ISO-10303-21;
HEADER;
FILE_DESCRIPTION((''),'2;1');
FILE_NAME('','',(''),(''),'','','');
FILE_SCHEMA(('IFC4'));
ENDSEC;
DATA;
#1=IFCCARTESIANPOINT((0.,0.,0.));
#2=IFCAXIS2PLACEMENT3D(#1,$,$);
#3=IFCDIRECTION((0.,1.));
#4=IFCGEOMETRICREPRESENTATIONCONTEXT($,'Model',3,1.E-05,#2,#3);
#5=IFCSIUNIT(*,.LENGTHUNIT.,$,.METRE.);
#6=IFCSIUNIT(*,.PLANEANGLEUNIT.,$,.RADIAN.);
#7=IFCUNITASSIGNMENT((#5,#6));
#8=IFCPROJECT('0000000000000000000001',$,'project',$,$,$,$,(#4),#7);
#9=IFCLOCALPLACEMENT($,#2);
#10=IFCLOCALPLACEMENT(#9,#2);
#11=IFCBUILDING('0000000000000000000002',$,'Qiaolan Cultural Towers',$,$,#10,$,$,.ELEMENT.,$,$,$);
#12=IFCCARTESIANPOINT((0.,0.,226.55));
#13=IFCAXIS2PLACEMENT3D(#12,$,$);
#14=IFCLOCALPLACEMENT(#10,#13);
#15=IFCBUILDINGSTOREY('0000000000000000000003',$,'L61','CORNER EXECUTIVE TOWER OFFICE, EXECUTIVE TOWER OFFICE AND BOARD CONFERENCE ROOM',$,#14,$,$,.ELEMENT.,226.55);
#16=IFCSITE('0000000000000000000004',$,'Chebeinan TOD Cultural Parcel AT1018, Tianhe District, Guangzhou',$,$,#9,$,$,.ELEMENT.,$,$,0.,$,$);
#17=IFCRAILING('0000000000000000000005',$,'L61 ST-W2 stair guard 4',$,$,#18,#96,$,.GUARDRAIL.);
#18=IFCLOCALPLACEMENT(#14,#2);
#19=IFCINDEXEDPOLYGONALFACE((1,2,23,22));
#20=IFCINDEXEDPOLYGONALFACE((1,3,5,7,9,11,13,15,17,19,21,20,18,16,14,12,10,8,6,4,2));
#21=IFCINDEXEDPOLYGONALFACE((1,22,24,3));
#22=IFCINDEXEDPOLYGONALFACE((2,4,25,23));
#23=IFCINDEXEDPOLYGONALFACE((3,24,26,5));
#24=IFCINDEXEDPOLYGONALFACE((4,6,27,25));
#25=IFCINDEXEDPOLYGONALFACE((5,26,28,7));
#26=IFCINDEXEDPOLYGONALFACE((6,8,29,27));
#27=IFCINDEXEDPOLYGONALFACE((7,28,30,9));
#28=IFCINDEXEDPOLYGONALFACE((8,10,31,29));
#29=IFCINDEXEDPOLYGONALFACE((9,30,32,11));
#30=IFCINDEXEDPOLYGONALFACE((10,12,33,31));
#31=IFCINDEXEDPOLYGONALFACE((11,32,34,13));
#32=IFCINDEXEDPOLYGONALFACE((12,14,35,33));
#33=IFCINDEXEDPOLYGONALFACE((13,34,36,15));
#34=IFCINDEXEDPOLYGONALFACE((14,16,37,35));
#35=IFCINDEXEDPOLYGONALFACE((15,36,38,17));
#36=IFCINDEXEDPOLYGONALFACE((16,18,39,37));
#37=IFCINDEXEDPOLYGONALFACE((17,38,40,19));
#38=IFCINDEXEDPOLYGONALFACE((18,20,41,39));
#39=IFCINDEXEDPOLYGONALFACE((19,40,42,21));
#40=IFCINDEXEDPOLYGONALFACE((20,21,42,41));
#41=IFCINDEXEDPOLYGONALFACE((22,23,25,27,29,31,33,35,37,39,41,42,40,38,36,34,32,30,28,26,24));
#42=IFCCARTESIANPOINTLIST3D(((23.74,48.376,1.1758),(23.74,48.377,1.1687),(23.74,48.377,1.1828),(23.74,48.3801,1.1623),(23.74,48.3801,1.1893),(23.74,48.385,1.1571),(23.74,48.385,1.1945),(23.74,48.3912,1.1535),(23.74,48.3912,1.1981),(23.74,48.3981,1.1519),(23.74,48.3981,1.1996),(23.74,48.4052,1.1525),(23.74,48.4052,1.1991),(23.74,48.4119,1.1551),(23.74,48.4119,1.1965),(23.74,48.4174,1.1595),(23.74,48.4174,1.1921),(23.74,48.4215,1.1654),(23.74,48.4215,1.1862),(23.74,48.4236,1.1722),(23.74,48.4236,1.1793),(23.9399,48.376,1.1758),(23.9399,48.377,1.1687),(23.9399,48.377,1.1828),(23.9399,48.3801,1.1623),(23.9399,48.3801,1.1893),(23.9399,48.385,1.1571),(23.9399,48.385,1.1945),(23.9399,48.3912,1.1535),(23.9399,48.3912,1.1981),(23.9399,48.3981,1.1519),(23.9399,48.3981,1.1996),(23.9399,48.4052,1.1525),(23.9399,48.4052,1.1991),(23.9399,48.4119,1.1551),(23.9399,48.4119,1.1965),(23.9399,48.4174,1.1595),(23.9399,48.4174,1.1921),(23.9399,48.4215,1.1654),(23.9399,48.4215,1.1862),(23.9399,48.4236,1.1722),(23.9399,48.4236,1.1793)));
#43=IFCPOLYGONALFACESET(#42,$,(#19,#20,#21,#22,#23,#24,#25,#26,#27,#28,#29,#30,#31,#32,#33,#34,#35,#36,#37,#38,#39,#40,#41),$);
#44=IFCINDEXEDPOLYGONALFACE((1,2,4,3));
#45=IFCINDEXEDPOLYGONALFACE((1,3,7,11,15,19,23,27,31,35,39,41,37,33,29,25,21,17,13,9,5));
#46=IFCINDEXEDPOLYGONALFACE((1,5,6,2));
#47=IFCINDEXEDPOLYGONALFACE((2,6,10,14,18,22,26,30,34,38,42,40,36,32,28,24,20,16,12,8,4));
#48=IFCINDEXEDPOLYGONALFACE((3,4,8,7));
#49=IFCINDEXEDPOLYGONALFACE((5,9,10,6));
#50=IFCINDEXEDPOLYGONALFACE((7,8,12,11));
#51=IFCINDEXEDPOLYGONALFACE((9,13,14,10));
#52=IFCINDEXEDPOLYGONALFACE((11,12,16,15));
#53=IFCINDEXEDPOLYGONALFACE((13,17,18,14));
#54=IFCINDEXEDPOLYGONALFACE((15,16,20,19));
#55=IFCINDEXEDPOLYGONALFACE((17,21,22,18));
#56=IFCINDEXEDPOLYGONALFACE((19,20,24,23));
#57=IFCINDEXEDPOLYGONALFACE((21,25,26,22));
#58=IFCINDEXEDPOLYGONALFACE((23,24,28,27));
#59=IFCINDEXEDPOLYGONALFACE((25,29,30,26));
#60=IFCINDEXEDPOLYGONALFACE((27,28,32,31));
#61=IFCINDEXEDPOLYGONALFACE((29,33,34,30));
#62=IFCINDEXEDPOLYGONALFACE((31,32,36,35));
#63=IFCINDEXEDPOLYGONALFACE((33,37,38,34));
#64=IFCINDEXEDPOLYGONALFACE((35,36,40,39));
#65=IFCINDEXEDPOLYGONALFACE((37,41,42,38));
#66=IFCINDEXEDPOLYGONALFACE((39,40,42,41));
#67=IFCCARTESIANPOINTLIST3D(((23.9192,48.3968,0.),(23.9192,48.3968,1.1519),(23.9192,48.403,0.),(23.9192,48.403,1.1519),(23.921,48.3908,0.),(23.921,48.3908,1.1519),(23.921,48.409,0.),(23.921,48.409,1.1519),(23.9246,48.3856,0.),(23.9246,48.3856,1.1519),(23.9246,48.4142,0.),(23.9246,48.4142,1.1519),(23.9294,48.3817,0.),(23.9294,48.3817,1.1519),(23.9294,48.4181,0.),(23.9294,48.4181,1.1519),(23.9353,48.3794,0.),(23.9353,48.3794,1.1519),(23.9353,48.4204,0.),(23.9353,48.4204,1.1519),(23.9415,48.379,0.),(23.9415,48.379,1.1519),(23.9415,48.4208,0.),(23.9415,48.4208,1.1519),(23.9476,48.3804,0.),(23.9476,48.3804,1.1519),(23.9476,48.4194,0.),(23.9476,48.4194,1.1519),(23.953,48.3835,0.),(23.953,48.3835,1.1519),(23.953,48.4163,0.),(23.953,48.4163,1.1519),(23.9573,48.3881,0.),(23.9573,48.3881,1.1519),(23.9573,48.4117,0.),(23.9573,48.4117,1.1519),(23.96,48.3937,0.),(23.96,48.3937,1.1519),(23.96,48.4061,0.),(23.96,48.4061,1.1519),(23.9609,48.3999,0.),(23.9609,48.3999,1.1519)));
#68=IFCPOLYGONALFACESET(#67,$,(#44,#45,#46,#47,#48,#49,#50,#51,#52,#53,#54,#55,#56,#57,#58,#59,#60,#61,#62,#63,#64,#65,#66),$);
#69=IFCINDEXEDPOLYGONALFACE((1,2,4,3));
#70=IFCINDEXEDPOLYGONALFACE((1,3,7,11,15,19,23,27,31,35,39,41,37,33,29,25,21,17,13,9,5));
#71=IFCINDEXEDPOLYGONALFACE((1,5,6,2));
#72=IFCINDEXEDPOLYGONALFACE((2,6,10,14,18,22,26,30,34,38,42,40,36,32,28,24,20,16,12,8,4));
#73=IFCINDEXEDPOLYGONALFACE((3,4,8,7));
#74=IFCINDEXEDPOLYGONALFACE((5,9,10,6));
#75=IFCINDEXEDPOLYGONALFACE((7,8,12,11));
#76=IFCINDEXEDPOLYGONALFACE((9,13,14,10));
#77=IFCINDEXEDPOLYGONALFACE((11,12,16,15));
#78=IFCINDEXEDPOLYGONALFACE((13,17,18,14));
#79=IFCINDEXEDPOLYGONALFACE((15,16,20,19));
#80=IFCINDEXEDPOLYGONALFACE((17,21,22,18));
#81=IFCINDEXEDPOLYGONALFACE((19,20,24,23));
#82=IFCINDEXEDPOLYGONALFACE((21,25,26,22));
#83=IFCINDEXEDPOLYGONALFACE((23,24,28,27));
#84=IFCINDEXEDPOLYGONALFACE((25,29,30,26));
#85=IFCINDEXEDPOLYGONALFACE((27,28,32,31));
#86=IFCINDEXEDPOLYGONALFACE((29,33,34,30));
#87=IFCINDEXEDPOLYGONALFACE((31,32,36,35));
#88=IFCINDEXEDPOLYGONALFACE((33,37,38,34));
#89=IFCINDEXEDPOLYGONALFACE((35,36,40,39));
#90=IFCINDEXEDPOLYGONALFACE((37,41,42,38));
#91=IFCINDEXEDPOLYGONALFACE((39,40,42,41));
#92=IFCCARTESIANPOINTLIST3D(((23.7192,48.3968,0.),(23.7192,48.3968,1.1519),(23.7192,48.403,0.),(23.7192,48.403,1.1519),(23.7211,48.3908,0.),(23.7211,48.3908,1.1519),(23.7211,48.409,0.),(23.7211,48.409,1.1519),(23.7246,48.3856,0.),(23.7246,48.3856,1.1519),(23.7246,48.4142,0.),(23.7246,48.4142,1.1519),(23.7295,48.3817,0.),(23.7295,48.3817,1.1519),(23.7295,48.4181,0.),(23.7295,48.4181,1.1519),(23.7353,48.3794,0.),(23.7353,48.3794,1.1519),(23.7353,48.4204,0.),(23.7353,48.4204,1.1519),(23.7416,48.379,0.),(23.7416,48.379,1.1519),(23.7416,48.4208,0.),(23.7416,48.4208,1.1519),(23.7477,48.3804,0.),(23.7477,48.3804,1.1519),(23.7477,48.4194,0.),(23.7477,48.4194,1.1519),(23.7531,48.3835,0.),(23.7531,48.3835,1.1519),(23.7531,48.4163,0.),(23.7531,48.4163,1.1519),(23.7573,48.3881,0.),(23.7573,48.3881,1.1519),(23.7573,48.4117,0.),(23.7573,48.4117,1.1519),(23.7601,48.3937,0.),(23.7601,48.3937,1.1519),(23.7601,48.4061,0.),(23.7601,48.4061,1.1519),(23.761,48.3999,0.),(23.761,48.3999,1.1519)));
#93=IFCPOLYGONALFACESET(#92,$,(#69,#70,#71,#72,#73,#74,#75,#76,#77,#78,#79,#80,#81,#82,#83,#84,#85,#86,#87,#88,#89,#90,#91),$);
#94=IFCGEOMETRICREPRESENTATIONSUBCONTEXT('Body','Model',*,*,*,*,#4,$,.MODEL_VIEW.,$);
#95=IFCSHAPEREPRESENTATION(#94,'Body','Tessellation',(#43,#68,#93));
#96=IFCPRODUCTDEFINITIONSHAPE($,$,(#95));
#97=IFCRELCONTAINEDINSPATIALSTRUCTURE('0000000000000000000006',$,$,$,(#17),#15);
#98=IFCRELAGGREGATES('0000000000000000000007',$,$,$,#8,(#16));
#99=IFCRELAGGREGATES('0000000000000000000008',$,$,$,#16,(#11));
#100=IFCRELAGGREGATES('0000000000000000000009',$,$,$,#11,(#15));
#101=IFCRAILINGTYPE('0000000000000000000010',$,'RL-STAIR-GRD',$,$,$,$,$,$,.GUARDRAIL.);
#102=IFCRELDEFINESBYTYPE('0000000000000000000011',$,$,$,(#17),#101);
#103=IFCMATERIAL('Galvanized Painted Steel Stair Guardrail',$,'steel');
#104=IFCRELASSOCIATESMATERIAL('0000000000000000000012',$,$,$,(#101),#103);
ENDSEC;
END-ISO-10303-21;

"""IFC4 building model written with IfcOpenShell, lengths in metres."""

from ifc_helpers import new_model, si_unit, direction, frame, origin, origin_2d, place, context, subcontext, project, spatial, circle, extrude, material, type_object, element, save


model = new_model("IFC4")

# Units and contexts
model_context = context("Model", 3, precision=1e-05, world=origin(), true_north=direction((0.0, 1.0)))
body_context = subcontext(model_context, "Body", "Model", "MODEL_VIEW")
ifc_project = project(units=[si_unit("LENGTHUNIT", "METRE"), si_unit("PLANEANGLEUNIT", "RADIAN")], contexts=[model_context])

# Site, building, storey
site_placement = place(None, origin())
site = spatial("IfcSite", under=ifc_project, at=site_placement, Name="Chebeinan TOD Cultural Parcel AT1018, Tianhe District, Guangzhou", CompositionType="ELEMENT", RefElevation=0.0)
building_placement = place(site_placement, origin())
building = spatial("IfcBuilding", under=site, at=building_placement, Name="Qiaolan Cultural Towers", CompositionType="ELEMENT")
storey_placement = place(building_placement, frame((0.0, 0.0, 226.55)))
storey = spatial("IfcBuildingStorey", under=building, at=storey_placement, Name="L61", Description="CORNER EXECUTIVE TOWER OFFICE, EXECUTIVE TOWER OFFICE AND BOARD CONFERENCE ROOM", CompositionType="ELEMENT", Elevation=226.55)

# Railing
ifc_material_1 = material(Name="Galvanized Painted Steel Stair Guardrail", Category="steel")
railing_type_1 = type_object("IfcRailingType", Name="RL-STAIR-GRD", PredefinedType="GUARDRAIL", material=ifc_material_1)
railing_1_placement = place(storey_placement, frame((23.9399, 48.3999, 0.0)))
element("IfcRailing", 1, at=railing_1_placement, inside=storey, type_object=railing_type_1, Name="L61 ST-W2 stair guard 4", PredefinedType="GUARDRAIL", context=body_context, shape_type="SweptSolid", body=[
    extrude(circle(Radius=0.0239, at=origin_2d()), frame((0.0, 0.0, 1.1758), z_axis=(-1.0, 0.0, 0.0), x_axis=(0.0, -1.0, 0.0)), (0.0, 0.0, 1.0), 0.2),
    extrude(circle(Radius=0.021, at=origin_2d()), origin(), (0.0, 0.0, 1.0), 1.1519),
    extrude(circle(Radius=0.021, at=origin_2d()), frame((-0.2, 0.0, 0.0)), (0.0, 0.0, 1.0), 1.1519),
])

save(model, "model.ifc")
